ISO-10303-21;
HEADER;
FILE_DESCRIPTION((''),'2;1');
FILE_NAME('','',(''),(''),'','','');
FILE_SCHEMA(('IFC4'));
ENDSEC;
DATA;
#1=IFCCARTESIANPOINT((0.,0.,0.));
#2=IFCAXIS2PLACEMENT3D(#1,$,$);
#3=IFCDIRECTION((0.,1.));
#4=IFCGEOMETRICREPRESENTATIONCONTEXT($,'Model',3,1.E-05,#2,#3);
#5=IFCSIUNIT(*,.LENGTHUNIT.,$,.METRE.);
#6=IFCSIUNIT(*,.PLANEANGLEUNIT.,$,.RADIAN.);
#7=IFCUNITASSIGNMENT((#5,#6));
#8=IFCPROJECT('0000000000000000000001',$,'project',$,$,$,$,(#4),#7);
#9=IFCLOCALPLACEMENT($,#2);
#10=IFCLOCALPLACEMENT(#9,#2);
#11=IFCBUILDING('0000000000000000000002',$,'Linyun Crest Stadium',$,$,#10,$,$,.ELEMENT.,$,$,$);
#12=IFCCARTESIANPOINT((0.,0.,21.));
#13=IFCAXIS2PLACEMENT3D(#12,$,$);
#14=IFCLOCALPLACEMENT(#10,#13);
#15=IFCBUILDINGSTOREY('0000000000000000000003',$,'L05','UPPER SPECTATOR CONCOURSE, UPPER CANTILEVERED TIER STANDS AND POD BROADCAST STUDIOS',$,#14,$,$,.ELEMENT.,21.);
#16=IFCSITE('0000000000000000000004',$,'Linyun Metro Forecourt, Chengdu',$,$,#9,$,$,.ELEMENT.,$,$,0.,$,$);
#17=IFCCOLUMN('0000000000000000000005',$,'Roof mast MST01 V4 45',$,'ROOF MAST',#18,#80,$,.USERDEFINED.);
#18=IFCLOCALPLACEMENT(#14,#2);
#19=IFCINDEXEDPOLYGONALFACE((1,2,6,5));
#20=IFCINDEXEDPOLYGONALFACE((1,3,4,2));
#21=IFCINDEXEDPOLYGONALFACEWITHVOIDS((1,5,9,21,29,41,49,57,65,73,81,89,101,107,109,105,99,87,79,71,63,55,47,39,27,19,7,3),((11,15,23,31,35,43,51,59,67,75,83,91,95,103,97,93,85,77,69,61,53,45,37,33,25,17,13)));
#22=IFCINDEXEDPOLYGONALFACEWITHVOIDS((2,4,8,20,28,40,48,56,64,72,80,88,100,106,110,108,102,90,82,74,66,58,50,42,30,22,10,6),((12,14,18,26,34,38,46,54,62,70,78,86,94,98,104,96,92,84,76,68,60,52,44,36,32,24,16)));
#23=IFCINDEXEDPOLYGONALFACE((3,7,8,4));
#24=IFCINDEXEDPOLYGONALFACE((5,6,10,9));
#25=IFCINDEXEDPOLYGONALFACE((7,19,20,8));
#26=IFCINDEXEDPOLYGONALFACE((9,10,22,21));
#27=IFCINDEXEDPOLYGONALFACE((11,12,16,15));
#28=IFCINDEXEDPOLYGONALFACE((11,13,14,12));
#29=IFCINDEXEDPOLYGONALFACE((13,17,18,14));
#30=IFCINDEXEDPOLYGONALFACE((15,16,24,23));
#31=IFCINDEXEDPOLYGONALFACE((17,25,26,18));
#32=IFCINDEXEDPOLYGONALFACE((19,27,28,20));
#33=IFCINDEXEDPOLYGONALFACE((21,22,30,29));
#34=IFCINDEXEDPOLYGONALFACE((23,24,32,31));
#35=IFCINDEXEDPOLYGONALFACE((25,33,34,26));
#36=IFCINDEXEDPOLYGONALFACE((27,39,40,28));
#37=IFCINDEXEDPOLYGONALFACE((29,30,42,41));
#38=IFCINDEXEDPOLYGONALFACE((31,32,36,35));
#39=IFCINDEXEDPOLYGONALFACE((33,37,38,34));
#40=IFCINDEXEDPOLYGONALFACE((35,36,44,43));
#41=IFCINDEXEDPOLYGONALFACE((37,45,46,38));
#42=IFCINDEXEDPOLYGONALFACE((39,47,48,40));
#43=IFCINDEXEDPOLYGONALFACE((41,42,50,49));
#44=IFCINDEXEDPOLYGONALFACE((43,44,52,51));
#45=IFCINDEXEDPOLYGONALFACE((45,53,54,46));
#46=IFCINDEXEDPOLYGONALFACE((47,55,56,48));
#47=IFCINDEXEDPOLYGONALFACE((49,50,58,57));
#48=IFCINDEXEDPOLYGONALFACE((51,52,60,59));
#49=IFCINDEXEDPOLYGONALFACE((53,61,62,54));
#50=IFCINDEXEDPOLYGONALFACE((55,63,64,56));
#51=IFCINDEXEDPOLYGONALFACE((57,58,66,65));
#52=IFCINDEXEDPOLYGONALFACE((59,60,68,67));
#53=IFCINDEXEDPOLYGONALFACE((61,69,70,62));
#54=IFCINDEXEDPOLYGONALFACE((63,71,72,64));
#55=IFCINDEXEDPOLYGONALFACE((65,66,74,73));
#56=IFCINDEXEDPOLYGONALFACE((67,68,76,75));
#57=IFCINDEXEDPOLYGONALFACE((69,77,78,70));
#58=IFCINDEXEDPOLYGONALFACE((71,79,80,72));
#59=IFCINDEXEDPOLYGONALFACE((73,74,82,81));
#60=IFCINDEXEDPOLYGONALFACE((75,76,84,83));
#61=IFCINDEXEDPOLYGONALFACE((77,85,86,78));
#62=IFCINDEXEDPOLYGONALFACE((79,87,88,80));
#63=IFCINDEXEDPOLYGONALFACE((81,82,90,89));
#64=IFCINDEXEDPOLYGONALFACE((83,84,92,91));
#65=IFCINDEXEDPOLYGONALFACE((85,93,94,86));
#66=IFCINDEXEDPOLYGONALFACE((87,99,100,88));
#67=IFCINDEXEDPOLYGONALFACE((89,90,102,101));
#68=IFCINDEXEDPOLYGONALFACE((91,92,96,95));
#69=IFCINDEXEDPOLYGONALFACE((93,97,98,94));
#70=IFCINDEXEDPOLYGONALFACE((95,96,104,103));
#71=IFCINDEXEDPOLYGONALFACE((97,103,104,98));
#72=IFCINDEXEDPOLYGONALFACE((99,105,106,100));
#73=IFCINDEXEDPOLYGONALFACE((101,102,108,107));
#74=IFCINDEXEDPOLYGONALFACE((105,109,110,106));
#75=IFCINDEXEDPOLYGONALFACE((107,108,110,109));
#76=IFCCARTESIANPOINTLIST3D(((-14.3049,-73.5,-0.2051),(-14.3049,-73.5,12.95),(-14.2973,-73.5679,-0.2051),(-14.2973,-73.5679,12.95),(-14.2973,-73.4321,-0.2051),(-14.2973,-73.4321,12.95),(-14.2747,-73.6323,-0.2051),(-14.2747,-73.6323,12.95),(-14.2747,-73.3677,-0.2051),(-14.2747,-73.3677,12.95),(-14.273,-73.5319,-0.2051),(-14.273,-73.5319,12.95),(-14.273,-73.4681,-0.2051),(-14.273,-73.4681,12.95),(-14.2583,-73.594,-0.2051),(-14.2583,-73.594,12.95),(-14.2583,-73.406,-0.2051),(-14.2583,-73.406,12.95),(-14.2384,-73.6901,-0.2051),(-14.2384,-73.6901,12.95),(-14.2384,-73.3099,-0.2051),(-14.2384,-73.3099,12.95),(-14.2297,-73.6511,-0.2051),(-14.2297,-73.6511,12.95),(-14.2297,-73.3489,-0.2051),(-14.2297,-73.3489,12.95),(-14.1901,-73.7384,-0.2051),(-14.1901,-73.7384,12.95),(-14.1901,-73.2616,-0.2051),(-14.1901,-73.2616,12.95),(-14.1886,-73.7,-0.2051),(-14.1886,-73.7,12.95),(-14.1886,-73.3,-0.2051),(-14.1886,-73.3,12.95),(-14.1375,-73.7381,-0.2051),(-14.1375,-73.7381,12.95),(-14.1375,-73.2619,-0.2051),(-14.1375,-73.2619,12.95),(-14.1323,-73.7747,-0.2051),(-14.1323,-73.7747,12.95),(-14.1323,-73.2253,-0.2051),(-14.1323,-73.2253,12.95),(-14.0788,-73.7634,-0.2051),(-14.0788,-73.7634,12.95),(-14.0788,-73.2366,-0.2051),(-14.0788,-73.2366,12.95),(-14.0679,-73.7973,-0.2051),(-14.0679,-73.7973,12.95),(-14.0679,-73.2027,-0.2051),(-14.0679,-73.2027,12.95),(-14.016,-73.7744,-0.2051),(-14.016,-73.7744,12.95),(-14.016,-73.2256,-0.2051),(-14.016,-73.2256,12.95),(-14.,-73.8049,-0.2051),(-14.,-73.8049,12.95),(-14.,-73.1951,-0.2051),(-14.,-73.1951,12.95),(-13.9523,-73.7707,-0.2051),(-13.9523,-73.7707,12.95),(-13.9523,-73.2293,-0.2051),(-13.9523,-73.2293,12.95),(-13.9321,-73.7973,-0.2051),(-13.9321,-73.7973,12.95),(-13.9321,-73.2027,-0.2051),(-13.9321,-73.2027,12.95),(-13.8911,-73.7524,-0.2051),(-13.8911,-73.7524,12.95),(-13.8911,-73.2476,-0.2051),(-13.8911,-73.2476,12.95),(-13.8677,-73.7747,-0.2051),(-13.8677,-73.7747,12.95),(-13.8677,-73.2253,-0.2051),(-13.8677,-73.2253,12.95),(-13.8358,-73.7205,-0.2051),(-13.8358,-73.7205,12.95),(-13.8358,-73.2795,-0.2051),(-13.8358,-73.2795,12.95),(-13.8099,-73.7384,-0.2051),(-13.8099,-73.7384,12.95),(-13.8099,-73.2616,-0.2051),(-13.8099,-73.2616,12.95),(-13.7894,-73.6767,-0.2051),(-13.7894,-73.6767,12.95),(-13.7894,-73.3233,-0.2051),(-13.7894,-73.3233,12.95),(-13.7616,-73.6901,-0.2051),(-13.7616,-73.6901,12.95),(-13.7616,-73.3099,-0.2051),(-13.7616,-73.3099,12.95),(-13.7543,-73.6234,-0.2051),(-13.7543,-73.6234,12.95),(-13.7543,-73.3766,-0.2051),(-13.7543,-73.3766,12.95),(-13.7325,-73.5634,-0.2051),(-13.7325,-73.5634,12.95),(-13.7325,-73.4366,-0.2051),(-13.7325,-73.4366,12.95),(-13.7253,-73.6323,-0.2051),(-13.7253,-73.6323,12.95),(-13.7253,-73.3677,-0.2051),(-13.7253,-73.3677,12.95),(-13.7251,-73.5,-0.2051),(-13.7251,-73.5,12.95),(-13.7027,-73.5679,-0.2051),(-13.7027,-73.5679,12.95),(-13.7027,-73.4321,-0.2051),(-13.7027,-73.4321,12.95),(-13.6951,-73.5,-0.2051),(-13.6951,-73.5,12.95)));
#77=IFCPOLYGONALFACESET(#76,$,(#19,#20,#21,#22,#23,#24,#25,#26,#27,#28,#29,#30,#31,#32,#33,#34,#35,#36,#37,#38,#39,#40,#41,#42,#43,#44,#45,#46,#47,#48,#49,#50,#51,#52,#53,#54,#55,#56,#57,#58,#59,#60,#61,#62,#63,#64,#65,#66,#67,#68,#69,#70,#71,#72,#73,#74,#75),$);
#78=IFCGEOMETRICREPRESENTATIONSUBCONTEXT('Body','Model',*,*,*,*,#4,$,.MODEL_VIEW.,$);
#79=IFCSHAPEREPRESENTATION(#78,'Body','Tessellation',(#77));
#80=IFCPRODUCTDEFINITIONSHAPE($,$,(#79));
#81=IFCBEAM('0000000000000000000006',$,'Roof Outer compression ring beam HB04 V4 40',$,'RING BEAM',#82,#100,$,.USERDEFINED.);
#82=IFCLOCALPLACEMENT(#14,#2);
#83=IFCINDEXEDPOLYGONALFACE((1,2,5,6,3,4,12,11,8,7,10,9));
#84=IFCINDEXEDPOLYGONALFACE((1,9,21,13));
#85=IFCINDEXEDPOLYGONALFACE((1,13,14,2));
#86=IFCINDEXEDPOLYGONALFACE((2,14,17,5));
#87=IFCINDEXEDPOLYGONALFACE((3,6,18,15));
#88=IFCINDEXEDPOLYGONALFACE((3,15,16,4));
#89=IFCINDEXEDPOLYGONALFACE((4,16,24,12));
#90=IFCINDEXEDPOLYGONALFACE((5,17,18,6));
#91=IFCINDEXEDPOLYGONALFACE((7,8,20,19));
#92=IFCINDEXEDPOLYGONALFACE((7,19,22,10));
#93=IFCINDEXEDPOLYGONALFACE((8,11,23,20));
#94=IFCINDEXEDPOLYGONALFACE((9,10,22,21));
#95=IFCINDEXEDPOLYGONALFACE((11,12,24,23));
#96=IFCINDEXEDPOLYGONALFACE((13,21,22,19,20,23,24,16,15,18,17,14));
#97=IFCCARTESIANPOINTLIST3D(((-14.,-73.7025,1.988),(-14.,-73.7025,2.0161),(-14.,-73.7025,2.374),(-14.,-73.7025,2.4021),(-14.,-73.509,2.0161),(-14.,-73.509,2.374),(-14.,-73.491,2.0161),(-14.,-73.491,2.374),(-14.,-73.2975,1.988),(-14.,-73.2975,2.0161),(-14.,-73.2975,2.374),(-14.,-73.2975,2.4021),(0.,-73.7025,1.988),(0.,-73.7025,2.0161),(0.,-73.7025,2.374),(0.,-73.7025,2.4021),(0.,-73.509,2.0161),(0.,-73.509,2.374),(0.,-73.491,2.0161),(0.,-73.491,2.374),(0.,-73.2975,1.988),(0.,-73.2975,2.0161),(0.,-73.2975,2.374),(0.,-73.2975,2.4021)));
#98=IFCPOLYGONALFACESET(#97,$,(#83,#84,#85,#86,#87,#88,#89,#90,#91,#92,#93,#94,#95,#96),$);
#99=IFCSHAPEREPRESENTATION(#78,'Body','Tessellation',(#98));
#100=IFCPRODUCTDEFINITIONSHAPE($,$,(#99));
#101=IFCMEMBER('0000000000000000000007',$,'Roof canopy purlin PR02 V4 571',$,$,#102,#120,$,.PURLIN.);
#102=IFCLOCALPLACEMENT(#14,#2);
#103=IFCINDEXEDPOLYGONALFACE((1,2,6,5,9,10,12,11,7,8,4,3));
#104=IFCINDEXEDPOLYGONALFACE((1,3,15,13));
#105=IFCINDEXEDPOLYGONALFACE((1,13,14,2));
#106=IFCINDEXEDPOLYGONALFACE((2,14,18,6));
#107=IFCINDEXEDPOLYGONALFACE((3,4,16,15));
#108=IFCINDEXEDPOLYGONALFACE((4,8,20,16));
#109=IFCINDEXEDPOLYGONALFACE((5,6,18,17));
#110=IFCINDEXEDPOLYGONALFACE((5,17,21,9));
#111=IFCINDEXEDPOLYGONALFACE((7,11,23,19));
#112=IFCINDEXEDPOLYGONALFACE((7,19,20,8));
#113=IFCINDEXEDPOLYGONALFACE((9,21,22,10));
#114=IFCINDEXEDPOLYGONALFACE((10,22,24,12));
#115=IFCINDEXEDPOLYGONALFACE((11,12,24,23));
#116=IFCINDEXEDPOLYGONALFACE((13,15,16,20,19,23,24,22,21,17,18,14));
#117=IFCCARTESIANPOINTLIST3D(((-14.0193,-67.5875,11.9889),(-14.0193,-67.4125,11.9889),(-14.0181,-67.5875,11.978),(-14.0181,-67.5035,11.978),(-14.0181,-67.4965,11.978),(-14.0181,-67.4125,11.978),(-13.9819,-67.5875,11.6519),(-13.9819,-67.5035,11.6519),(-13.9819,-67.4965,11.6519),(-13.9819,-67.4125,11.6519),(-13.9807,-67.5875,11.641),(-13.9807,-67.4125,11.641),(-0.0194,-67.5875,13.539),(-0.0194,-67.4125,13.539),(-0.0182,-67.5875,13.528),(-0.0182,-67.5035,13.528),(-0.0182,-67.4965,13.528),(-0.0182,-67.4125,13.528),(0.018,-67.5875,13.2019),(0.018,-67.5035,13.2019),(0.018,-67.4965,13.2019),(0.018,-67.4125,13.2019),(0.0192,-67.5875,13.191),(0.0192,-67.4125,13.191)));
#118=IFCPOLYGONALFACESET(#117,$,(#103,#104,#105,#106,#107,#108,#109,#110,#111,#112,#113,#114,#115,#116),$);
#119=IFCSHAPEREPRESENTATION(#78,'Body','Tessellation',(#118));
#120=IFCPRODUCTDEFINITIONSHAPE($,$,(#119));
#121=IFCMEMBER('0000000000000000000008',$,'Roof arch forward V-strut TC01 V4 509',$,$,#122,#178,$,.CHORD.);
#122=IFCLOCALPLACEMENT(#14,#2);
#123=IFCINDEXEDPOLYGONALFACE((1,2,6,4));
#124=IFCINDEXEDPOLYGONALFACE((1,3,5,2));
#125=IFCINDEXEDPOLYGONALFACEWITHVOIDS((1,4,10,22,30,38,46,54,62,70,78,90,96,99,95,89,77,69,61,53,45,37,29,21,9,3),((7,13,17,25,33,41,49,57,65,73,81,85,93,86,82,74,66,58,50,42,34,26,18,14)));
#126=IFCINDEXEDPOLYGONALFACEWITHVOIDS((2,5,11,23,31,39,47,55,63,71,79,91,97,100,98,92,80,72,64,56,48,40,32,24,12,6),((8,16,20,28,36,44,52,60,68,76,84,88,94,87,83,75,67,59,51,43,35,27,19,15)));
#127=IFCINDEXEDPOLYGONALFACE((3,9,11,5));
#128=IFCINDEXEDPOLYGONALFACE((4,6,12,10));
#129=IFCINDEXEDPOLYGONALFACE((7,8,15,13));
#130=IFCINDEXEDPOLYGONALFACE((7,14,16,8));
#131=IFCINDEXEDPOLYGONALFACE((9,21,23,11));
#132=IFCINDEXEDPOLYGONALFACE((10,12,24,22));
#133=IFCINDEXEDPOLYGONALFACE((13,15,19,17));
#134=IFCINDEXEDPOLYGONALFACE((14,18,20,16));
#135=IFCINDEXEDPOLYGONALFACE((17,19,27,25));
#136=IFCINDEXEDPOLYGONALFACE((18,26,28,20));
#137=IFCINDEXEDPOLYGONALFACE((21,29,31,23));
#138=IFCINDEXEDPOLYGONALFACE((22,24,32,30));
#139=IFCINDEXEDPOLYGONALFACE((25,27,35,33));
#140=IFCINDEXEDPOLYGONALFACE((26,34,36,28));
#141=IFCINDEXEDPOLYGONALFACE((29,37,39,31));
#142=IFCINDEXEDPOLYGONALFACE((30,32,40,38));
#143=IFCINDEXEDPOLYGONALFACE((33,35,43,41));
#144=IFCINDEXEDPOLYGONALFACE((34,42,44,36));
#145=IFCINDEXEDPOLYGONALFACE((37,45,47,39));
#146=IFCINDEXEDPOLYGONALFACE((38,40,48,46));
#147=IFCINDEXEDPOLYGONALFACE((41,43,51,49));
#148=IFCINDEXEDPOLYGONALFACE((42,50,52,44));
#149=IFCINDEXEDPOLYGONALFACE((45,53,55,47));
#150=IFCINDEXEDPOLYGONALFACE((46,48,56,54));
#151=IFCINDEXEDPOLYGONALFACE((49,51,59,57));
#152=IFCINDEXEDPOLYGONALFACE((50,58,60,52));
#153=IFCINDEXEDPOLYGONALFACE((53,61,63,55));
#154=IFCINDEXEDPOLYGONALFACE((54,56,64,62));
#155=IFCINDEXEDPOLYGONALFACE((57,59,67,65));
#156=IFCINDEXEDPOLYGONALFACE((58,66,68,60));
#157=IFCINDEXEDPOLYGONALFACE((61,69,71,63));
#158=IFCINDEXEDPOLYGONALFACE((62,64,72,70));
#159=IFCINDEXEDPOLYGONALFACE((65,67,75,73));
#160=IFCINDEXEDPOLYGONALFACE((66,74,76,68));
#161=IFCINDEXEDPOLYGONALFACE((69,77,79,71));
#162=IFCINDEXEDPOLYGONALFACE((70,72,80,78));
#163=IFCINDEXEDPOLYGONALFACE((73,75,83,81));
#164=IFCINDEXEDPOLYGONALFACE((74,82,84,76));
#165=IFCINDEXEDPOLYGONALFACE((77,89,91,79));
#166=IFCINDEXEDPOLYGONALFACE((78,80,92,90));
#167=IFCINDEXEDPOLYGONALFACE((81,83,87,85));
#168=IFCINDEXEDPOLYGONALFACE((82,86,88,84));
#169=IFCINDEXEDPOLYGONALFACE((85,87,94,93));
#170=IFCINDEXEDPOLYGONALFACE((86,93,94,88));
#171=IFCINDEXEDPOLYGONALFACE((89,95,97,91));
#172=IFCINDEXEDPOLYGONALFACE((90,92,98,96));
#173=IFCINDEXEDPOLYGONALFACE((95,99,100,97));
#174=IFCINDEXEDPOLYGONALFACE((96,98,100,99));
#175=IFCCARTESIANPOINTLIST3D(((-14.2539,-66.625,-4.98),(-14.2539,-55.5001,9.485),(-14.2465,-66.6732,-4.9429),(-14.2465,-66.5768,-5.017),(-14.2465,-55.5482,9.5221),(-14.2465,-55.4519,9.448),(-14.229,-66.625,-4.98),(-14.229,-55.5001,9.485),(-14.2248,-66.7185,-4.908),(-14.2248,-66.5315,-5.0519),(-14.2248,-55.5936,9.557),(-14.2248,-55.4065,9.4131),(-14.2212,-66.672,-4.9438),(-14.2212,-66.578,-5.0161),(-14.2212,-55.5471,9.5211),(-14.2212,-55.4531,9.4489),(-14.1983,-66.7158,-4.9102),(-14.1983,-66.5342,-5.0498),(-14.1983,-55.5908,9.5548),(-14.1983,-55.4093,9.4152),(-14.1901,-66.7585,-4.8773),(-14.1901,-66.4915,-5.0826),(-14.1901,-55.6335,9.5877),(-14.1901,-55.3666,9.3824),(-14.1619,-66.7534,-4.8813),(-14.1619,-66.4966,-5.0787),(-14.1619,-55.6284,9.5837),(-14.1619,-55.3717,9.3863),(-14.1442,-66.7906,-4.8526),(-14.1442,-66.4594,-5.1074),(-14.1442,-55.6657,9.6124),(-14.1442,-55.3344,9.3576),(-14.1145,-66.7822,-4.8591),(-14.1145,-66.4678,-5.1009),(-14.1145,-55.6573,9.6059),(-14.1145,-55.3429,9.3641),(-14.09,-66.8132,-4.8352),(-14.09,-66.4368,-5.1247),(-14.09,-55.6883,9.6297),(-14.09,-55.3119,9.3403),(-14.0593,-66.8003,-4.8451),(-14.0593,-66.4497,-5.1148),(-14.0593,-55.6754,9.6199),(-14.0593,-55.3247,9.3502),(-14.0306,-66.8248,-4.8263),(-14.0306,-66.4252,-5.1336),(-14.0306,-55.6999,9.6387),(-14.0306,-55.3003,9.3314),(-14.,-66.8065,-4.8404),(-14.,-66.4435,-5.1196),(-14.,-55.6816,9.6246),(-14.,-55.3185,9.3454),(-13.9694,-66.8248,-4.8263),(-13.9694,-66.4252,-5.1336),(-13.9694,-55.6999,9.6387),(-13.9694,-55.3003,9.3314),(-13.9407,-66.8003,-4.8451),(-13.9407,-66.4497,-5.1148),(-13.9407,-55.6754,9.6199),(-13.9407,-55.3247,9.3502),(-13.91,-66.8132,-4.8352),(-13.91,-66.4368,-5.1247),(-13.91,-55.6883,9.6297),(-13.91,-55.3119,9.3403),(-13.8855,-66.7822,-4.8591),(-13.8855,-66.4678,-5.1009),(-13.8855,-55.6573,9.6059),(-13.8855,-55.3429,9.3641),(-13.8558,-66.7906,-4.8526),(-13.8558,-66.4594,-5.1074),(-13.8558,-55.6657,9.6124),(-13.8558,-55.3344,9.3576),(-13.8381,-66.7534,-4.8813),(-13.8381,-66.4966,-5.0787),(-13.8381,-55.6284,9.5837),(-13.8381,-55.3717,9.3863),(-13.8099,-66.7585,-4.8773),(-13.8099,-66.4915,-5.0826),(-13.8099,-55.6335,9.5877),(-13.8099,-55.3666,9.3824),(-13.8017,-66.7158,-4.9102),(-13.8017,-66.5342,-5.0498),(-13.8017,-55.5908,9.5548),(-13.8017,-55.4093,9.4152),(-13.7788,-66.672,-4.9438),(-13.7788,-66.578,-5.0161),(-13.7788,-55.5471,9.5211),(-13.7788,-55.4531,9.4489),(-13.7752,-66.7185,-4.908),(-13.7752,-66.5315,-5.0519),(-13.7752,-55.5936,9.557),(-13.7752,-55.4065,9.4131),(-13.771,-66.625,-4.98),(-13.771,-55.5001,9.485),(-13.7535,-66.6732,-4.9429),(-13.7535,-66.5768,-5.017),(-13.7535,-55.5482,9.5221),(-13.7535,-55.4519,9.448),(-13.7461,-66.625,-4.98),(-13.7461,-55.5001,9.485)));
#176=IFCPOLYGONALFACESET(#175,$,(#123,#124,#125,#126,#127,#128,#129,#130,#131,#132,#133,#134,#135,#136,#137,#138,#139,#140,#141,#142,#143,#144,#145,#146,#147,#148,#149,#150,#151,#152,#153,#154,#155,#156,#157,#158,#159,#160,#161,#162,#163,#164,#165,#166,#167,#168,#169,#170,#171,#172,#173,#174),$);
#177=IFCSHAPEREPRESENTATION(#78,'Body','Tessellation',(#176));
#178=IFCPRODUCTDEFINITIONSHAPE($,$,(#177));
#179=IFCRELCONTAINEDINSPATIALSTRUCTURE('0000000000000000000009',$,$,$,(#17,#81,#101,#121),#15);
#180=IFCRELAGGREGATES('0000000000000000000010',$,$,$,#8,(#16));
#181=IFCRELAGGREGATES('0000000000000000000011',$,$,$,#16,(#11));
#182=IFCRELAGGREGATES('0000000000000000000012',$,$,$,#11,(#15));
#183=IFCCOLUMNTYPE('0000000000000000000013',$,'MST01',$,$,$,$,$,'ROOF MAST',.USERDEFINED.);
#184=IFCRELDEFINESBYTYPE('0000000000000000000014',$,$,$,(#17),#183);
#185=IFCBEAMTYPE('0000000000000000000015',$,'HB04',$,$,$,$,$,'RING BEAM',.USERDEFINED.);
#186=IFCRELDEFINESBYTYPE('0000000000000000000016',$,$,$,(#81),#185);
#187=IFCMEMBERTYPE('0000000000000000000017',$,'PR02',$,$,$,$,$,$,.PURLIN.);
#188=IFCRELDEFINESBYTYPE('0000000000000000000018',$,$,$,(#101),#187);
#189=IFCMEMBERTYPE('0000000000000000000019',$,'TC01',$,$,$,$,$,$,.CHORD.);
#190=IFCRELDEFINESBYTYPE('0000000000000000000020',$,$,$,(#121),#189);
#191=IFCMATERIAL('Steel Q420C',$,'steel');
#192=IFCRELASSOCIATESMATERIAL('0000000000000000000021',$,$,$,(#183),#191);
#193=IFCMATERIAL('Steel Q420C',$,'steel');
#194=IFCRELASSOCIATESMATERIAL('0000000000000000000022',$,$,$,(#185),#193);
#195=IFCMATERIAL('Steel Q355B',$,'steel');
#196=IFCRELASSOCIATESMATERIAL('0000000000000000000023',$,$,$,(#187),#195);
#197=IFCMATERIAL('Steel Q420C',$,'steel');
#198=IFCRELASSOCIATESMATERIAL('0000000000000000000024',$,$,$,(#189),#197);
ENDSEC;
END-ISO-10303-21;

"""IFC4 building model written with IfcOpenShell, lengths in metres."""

from ifc_helpers import new_model, si_unit, direction, frame, origin, origin_2d, place, context, subcontext, project, spatial, hollow_circle, i_section, extrude, material, material_profile, profile_set, type_object, element, save


model = new_model("IFC4")

# Units and contexts
model_context = context("Model", 3, precision=1e-05, world=origin(), true_north=direction((0.0, 1.0)))
body_context = subcontext(model_context, "Body", "Model", "MODEL_VIEW")
ifc_project = project(units=[si_unit("LENGTHUNIT", "METRE"), si_unit("PLANEANGLEUNIT", "RADIAN")], contexts=[model_context])

# Site, building, storey
site_placement = place(None, origin())
site = spatial("IfcSite", under=ifc_project, at=site_placement, Name="Linyun Metro Forecourt, Chengdu", CompositionType="ELEMENT", RefElevation=0.0)
building_placement = place(site_placement, origin())
building = spatial("IfcBuilding", under=site, at=building_placement, Name="Linyun Crest Stadium", CompositionType="ELEMENT")
storey_placement = place(building_placement, frame((0.0, 0.0, 21.0)))
storey = spatial("IfcBuildingStorey", under=building, at=storey_placement, Name="L05", Description="UPPER SPECTATOR CONCOURSE, UPPER CANTILEVERED TIER STANDS AND POD BROADCAST STUDIOS", CompositionType="ELEMENT", Elevation=21.0)

# Column
ifc_material_1 = material(Name="Steel Q420C", Category="steel")
ifc_material_profile_1 = material_profile(ifc_material_1, hollow_circle(Radius=0.3049, WallThickness=0.03, at=origin_2d()), Name="CHS 610x30")
ifc_profile_set_1 = profile_set([ifc_material_profile_1], Name="Steel Q420C")
column_type = type_object("IfcColumnType", Name="MST01", ElementType="ROOF MAST", PredefinedType="USERDEFINED", material=ifc_profile_set_1)
column_placement = place(storey_placement, frame((-14.0, -73.5, -0.2051), z_axis=(0.0, 0.0, 1.0), x_axis=(1.0, 0.0, 0.0)))
element("IfcColumn", 1, at=column_placement, inside=storey, type_object=column_type, Name="Roof mast MST01 V4 45", ObjectType="ROOF MAST", PredefinedType="USERDEFINED", context=body_context, shape_type="SweptSolid", body=[
    extrude(hollow_circle(Radius=0.3049, WallThickness=0.03, at=origin_2d()), origin(), (0.0, 0.0, 1.0), 13.155),
])

# Beam
ifc_material_2 = material(Name="Steel Q420C", Category="steel")
ifc_material_profile_2 = material_profile(ifc_material_2, i_section(OverallWidth=0.405, OverallDepth=0.4141, WebThickness=0.0181, FlangeThickness=0.0281, at=origin_2d()), Name="HW 414x405")
ifc_profile_set_2 = profile_set([ifc_material_profile_2], Name="Steel Q420C")
beam_type = type_object("IfcBeamType", Name="HB04", ElementType="RING BEAM", PredefinedType="USERDEFINED", material=ifc_profile_set_2)
beam_placement = place(storey_placement, frame((-14.0, -73.5, 2.1951), z_axis=(1.0, 0.0, 0.0), x_axis=(0.0, 1.0, 0.0)))
element("IfcBeam", 2, at=beam_placement, inside=storey, type_object=beam_type, Name="Roof Outer compression ring beam HB04 V4 40", ObjectType="RING BEAM", PredefinedType="USERDEFINED", context=body_context, shape_type="SweptSolid", body=[
    extrude(i_section(OverallWidth=0.405, OverallDepth=0.4141, WebThickness=0.0181, FlangeThickness=0.0281, at=origin_2d()), origin(), (0.0, 0.0, 1.0), 14.0),
])

# Members
ifc_material_3 = material(Name="Steel Q355B", Category="steel")
ifc_material_profile_3 = material_profile(ifc_material_3, i_section(OverallWidth=0.175, OverallDepth=0.3501, WebThickness=0.0071, FlangeThickness=0.011, at=origin_2d()), Name="HN 350x175")
ifc_profile_set_3 = profile_set([ifc_material_profile_3], Name="Steel Q355B")
member_type_1 = type_object("IfcMemberType", Name="PR02", PredefinedType="PURLIN", material=ifc_profile_set_3)
member_1_placement = place(storey_placement, frame((-14.0, -67.5, 11.8149), z_axis=(0.993927, 0.0, 0.110045), x_axis=(0.0, 1.0, 0.0)))
element("IfcMember", 3, at=member_1_placement, inside=storey, type_object=member_type_1, Name="Roof canopy purlin PR02 V4 571", PredefinedType="PURLIN", context=body_context, shape_type="SweptSolid", body=[
    extrude(i_section(OverallWidth=0.175, OverallDepth=0.3501, WebThickness=0.0071, FlangeThickness=0.011, at=origin_2d()), origin(), (0.0, 0.0, 1.0), 14.0854),
])
ifc_material_4 = material(Name="Steel Q420C", Category="steel")
ifc_material_profile_4 = material_profile(ifc_material_4, hollow_circle(Radius=0.2539, WallThickness=0.0249, at=origin_2d()), Name="CHS 508x25")
ifc_profile_set_4 = profile_set([ifc_material_profile_4], Name="Steel Q420C")
member_type_2 = type_object("IfcMemberType", Name="TC01", PredefinedType="CHORD", material=ifc_profile_set_4)
member_2_placement = place(storey_placement, frame((-14.0, -66.625, -4.98), z_axis=(0.0, 0.609642, 0.792677), x_axis=(-1.0, 0.0, 0.0)))
element("IfcMember", 4, at=member_2_placement, inside=storey, type_object=member_type_2, Name="Roof arch forward V-strut TC01 V4 509", PredefinedType="CHORD", context=body_context, shape_type="SweptSolid", body=[
    extrude(hollow_circle(Radius=0.2539, WallThickness=0.0249, at=origin_2d()), origin(), (0.0, 0.0, 1.0), 18.2483),
])

save(model, "model.ifc")
